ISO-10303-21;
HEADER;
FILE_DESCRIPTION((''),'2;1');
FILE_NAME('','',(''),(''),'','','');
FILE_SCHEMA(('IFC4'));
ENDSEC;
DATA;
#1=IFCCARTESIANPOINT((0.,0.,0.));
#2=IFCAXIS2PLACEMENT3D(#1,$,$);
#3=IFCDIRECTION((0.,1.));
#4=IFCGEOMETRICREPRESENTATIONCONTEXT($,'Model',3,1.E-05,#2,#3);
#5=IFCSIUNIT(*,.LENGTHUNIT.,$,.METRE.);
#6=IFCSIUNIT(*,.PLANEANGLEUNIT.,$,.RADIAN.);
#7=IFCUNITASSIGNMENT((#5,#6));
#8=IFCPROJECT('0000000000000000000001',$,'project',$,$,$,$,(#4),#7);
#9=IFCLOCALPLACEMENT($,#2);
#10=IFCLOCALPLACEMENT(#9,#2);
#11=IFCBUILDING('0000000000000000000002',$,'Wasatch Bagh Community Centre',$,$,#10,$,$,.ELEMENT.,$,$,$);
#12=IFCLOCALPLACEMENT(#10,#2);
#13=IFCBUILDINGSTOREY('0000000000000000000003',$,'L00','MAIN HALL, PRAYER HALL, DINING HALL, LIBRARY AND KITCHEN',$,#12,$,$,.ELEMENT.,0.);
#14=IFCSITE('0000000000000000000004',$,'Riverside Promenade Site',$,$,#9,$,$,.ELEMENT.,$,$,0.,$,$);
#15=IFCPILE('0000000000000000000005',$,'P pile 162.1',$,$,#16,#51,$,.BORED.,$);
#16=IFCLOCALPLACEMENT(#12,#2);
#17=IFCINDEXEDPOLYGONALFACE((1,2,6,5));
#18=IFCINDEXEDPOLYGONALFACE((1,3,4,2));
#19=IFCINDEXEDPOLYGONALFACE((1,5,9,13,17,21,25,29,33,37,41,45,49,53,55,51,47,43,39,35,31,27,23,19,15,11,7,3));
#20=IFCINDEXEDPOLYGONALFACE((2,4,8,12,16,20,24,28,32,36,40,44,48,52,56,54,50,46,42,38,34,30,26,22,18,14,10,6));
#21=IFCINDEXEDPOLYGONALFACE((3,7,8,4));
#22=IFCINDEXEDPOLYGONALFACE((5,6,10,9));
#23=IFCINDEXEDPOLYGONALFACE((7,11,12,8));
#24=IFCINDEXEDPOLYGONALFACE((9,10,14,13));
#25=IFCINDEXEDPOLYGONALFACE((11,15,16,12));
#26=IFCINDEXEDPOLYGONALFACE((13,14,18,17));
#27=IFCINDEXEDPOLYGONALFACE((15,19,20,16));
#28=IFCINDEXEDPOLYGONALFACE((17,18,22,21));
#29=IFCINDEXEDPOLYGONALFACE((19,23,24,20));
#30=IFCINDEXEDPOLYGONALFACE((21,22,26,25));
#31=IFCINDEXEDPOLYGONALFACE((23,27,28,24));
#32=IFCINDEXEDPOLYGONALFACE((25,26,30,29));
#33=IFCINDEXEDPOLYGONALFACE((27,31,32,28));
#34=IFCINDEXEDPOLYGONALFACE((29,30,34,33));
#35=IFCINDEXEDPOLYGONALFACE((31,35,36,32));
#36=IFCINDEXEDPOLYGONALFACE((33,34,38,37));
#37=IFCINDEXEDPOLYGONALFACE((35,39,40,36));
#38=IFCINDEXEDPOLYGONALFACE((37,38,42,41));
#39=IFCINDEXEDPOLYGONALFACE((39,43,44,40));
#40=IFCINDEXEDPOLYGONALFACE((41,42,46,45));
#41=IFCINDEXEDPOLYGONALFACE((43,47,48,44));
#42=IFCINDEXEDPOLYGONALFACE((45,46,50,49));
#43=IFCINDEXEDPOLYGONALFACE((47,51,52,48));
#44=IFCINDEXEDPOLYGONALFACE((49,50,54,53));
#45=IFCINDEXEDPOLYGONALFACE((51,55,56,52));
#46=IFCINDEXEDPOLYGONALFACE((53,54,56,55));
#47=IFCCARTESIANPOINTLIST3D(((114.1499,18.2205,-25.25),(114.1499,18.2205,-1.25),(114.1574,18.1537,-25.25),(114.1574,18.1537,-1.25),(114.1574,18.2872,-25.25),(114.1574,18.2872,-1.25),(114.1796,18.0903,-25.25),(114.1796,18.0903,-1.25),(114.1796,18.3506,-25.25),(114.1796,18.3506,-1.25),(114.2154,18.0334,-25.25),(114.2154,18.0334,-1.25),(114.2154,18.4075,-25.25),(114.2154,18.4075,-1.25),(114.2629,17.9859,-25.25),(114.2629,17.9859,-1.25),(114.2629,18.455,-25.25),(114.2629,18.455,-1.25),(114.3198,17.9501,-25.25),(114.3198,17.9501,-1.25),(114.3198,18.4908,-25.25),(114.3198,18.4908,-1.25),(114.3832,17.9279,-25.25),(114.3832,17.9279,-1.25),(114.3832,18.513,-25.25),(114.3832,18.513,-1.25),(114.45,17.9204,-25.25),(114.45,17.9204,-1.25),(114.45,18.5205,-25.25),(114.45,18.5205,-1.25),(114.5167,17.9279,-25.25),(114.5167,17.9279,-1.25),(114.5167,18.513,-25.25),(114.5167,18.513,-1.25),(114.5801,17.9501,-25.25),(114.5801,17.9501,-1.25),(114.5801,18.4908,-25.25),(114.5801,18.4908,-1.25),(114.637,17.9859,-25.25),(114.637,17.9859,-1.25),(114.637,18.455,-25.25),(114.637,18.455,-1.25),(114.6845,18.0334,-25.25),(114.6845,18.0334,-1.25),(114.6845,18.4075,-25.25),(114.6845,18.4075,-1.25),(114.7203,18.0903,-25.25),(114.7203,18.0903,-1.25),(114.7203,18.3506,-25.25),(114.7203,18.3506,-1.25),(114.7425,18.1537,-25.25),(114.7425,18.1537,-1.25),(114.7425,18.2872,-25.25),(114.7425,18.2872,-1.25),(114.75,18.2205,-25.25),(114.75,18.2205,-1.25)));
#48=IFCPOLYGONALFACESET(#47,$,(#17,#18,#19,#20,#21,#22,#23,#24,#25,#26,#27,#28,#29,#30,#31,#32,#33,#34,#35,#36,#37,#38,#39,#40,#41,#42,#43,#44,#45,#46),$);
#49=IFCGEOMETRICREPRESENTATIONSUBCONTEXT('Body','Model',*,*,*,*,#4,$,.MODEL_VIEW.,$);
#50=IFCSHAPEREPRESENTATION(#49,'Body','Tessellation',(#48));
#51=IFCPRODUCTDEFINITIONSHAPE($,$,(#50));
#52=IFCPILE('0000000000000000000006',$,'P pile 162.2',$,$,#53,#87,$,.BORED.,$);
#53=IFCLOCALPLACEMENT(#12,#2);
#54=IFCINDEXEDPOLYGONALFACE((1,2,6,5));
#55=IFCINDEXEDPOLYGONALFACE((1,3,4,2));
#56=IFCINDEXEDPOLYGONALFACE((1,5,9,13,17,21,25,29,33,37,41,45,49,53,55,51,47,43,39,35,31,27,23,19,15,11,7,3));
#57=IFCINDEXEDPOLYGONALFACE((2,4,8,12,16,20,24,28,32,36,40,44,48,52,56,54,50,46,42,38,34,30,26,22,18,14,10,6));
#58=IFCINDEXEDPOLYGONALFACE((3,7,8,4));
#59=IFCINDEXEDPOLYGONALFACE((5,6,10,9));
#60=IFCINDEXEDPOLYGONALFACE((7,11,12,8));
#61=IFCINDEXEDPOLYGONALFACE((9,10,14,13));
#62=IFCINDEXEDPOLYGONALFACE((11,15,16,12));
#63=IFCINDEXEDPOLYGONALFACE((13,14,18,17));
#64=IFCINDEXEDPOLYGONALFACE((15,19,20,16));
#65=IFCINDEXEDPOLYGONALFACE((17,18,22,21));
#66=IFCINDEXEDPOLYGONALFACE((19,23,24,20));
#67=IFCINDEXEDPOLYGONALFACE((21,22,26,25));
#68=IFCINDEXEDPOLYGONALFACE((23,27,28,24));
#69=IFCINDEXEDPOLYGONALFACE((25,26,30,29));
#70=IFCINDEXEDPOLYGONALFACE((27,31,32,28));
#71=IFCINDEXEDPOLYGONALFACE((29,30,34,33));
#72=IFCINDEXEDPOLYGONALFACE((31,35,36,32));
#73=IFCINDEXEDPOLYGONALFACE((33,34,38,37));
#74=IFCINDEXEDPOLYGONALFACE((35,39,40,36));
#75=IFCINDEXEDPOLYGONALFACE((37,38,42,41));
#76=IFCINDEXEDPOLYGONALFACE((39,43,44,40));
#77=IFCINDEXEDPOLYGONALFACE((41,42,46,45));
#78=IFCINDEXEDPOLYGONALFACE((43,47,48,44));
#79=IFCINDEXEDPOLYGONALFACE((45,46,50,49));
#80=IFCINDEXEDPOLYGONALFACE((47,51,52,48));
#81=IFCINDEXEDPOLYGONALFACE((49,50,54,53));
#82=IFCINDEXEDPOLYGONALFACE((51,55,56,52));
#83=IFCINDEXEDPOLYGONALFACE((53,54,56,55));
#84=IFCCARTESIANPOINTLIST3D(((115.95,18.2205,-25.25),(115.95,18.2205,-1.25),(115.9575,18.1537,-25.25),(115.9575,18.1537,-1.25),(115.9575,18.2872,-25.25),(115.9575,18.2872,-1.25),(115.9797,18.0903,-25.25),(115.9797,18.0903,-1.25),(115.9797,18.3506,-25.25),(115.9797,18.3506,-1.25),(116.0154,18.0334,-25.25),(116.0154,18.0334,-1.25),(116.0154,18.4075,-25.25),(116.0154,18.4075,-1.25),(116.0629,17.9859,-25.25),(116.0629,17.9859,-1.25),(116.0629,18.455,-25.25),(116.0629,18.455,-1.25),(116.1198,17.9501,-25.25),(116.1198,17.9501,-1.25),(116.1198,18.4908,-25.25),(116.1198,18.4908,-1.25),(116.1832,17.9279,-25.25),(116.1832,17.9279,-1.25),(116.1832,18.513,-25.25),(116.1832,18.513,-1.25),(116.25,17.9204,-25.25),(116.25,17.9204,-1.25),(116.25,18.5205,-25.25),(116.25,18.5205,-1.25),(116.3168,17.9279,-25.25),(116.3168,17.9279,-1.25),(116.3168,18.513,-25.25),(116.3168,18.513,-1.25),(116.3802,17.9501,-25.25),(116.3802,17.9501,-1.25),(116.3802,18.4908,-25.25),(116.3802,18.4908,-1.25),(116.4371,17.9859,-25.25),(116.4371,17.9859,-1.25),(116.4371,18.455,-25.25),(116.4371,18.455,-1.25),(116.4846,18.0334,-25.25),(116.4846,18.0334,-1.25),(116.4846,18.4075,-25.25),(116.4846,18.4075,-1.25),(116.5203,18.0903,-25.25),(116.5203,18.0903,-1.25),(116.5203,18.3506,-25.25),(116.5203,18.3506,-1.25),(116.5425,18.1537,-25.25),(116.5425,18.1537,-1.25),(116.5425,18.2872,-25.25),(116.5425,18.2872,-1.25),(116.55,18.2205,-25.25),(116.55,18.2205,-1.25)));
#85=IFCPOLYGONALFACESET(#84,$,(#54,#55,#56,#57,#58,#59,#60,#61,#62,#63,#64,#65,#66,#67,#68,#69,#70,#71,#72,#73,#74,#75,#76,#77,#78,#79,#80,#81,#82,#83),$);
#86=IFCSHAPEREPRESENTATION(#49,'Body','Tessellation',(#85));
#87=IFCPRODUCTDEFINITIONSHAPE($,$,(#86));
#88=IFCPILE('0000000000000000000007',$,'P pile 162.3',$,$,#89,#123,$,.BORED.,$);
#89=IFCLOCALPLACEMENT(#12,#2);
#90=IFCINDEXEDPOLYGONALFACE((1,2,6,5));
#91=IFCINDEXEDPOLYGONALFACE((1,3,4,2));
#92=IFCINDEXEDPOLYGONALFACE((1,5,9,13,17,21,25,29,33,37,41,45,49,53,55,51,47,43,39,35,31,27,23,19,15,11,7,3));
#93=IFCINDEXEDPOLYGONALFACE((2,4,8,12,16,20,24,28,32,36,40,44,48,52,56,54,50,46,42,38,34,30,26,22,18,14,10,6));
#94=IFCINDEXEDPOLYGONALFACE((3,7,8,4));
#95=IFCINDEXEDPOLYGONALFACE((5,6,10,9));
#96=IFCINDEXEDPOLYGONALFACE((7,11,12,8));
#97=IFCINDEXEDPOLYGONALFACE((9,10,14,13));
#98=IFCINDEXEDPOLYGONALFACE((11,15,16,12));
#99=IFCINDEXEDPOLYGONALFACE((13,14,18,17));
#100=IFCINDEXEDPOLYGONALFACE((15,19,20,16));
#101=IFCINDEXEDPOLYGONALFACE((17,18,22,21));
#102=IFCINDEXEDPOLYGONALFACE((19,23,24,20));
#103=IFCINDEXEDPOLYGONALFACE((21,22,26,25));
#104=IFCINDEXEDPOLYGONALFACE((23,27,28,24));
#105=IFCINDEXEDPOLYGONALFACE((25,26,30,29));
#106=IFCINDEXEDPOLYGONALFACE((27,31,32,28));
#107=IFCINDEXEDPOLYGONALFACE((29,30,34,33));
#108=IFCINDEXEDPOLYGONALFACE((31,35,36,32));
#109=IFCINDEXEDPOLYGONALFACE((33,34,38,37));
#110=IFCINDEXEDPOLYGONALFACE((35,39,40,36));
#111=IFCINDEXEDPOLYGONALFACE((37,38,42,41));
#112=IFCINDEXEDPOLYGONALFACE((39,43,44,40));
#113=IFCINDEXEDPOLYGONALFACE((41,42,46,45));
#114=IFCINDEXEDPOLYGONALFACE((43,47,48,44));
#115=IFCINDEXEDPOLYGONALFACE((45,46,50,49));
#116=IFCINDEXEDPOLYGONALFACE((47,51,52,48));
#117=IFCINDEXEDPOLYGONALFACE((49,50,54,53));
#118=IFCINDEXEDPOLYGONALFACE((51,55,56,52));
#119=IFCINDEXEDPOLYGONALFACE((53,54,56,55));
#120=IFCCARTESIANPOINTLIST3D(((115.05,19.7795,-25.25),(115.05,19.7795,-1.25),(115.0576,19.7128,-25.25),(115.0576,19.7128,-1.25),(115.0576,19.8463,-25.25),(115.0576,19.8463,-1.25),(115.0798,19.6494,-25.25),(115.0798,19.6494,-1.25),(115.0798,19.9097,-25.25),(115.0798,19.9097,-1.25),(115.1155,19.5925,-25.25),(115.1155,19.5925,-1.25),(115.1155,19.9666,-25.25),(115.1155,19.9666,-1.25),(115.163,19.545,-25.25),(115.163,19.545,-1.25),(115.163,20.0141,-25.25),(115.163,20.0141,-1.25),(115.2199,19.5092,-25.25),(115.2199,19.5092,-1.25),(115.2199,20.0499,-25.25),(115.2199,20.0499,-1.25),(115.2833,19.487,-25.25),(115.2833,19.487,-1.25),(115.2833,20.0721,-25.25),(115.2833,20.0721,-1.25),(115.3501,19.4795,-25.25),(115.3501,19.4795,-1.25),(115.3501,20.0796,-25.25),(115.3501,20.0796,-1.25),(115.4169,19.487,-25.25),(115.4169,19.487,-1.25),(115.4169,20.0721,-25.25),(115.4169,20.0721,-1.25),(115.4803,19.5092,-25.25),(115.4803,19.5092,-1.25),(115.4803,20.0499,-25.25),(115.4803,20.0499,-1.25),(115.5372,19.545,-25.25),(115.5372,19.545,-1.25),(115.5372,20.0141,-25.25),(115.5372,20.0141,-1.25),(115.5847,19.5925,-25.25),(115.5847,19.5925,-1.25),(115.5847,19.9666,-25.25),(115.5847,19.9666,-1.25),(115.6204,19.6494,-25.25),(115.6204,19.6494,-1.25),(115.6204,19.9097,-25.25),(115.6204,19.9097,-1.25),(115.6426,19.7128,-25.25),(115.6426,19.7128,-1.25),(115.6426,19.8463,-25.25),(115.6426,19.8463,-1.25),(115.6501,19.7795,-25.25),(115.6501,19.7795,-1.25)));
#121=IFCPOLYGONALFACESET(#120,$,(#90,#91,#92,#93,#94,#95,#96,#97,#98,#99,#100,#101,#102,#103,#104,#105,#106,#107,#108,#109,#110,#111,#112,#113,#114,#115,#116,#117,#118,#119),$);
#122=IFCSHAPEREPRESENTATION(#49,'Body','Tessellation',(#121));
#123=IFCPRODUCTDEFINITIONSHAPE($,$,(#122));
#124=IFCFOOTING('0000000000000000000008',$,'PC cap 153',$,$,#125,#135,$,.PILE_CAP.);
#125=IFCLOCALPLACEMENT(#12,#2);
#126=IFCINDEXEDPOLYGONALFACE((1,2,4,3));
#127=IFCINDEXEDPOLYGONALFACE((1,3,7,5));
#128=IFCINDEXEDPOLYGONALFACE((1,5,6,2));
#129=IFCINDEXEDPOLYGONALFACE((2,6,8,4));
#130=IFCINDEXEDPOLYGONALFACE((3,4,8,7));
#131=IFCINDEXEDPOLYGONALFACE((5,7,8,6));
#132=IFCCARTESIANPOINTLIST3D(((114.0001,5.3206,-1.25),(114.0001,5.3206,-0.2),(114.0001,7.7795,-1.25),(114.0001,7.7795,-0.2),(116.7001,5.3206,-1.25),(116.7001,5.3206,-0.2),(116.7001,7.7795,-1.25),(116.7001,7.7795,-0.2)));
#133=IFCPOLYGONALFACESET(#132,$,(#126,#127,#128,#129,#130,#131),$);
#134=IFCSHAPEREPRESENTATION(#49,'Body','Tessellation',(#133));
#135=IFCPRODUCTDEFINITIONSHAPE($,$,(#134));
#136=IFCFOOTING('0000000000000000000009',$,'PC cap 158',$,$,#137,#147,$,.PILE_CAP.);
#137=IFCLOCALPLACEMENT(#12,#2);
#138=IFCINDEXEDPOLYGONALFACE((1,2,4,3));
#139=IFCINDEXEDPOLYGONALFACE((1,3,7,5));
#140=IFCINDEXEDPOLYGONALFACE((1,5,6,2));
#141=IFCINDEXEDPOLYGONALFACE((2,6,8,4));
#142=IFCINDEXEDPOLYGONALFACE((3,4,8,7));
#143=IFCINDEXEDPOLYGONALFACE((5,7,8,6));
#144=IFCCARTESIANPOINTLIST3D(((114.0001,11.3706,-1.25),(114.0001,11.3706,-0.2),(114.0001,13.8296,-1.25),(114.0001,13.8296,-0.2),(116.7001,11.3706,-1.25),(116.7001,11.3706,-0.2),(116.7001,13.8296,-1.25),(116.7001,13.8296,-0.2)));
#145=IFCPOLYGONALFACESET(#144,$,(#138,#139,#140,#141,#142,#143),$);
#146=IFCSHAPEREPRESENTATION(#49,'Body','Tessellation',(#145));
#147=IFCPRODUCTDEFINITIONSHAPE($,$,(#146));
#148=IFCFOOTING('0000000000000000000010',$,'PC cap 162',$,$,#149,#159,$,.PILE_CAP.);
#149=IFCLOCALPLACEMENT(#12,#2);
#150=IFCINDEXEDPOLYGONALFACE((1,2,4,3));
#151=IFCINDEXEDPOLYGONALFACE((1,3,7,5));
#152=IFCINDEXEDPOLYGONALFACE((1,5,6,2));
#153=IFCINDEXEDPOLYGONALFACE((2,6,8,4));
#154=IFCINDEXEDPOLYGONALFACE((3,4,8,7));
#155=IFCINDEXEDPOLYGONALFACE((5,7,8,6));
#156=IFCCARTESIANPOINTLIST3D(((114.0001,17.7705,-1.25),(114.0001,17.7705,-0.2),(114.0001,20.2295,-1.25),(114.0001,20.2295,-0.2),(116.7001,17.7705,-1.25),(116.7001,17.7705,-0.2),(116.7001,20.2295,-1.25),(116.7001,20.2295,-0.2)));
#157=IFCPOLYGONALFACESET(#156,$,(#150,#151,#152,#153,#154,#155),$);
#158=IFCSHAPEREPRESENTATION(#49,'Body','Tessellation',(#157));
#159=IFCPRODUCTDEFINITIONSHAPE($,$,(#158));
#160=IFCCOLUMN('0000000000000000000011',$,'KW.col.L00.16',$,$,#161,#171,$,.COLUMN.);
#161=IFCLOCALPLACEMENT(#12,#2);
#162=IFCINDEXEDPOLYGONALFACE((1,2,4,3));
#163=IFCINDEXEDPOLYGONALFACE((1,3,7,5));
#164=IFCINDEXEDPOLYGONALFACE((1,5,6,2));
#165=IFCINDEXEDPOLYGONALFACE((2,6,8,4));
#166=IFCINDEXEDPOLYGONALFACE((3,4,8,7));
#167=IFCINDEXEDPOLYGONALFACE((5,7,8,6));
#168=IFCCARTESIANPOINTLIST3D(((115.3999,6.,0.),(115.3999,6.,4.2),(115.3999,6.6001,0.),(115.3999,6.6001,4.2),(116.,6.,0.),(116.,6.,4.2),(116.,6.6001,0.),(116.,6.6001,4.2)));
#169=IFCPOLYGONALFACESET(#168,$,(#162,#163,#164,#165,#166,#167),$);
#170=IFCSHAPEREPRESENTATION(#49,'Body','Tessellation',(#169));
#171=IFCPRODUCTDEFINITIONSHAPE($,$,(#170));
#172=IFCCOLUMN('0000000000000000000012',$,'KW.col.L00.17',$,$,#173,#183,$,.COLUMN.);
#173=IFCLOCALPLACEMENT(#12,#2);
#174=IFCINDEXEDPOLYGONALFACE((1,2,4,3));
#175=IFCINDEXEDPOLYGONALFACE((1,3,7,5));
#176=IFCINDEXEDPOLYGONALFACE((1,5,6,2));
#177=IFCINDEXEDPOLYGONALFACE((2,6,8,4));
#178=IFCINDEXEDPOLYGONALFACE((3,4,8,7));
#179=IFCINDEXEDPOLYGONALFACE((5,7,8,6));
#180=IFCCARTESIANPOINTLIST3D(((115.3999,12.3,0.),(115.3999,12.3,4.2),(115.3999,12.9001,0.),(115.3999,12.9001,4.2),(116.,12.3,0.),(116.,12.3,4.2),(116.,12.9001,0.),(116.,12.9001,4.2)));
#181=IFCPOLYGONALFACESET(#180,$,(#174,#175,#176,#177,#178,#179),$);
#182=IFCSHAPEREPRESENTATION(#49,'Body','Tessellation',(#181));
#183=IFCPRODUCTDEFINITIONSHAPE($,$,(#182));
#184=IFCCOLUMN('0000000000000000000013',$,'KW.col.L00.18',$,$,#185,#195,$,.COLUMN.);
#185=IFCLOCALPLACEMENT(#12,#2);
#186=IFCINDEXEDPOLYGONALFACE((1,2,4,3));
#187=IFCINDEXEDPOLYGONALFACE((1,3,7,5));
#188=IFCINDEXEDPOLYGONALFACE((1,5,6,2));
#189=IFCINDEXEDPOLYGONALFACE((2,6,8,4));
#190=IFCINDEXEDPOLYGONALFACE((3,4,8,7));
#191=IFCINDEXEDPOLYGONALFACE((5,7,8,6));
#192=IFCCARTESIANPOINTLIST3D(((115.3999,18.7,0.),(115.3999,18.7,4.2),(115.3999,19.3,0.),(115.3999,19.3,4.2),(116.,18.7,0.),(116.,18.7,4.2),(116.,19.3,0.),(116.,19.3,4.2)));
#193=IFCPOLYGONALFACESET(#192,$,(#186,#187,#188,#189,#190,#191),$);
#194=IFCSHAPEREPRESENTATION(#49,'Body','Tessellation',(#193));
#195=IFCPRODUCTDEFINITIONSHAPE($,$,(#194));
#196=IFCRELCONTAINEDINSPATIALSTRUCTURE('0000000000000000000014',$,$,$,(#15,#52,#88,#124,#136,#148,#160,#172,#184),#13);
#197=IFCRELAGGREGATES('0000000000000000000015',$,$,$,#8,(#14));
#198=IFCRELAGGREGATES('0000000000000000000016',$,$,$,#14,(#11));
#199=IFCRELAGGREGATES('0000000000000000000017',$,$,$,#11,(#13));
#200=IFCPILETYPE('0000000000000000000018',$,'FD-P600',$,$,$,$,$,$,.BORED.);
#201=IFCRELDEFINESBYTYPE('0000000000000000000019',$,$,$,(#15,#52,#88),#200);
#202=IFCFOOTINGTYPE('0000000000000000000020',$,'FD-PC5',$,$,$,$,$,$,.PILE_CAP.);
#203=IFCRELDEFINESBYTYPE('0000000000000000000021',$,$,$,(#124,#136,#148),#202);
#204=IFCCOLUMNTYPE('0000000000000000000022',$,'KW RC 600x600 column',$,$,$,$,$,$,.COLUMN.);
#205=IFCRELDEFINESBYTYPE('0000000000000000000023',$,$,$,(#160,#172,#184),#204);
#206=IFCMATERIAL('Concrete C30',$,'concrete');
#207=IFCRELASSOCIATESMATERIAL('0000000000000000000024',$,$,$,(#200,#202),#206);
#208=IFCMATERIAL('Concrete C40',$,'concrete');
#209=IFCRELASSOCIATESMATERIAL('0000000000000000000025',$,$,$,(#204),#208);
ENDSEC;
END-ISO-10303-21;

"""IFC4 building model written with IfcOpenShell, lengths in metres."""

from ifc_helpers import new_model, si_unit, direction, frame, origin, origin_2d, place, context, subcontext, project, spatial, rectangle, circle, extrude, material, material_profile, profile_set, type_object, element, save


model = new_model("IFC4")

# Units and contexts
model_context = context("Model", 3, precision=1e-05, world=origin(), true_north=direction((0.0, 1.0)))
body_context = subcontext(model_context, "Body", "Model", "MODEL_VIEW")
ifc_project = project(units=[si_unit("LENGTHUNIT", "METRE"), si_unit("PLANEANGLEUNIT", "RADIAN")], contexts=[model_context])

# Site, building, storey
site_placement = place(None, origin())
site = spatial("IfcSite", under=ifc_project, at=site_placement, Name="Riverside Promenade Site", CompositionType="ELEMENT", RefElevation=0.0)
building_placement = place(site_placement, origin())
building = spatial("IfcBuilding", under=site, at=building_placement, Name="Wasatch Bagh Community Centre", CompositionType="ELEMENT")
storey_placement = place(building_placement, origin())
storey = spatial("IfcBuildingStorey", under=building, at=storey_placement, Name="L00", Description="MAIN HALL, PRAYER HALL, DINING HALL, LIBRARY AND KITCHEN", CompositionType="ELEMENT", Elevation=0.0)

# Piles
ifc_material_1 = material(Name="Concrete C30", Category="concrete")
ifc_material_profile_1 = material_profile(ifc_material_1, circle(Radius=0.3, at=origin_2d()), Name="RC D600")
ifc_profile_set_1 = profile_set([ifc_material_profile_1], Name="Concrete C30")
pile_type = type_object("IfcPileType", Name="FD-P600", PredefinedType="BORED", material=ifc_profile_set_1)
for number, where, z_axis, x_axis, name in (
    (1, (114.45, 18.2205, -1.25), (0.0, 0.0, -1.0), (1.0, 0.0, 0.0), "P pile 162.1"),
    (2, (116.25, 18.2205, -1.25), (0.0, 0.0, -1.0), (1.0, 0.0, 0.0), "P pile 162.2"),
    (3, (115.3501, 19.7795, -1.25), (0.0, 0.0, -1.0), (1.0, 0.0, 0.0), "P pile 162.3"),
):
    element("IfcPile", number, at=place(storey_placement, frame(where, z_axis=z_axis, x_axis=x_axis)), inside=storey, type_object=pile_type, Name=name, PredefinedType="BORED", context=body_context, shape_type="SweptSolid", body=[
        extrude(circle(Radius=0.3, at=origin_2d()), origin(), (0.0, 0.0, 1.0), 24.0),
    ])

# Footings
footing_type_1 = type_object("IfcFootingType", Name="FD-PC5", PredefinedType="PILE_CAP", material=ifc_material_1)
for number, where, z_axis, x_axis, name in (
    (4, (115.3501, 6.55, -1.25), (0.0, 0.0, 1.0), (1.0, 0.0, 0.0), "PC cap 153"),
    (5, (115.3501, 12.6001, -1.25), (0.0, 0.0, 1.0), (1.0, 0.0, 0.0), "PC cap 158"),
    (6, (115.3501, 19.0, -1.25), (0.0, 0.0, 1.0), (1.0, 0.0, 0.0), "PC cap 162"),
):
    element("IfcFooting", number, at=place(storey_placement, frame(where, z_axis=z_axis, x_axis=x_axis)), inside=storey, type_object=footing_type_1, Name=name, PredefinedType="PILE_CAP", context=body_context, shape_type="SweptSolid", body=[
        extrude(rectangle(XDim=2.7, YDim=2.459, at=origin_2d()), origin(), (0.0, 0.0, 1.0), 1.05),
    ])

# Columns
ifc_material_2 = material(Name="Concrete C40", Category="concrete")
ifc_material_profile_2 = material_profile(ifc_material_2, rectangle(XDim=0.6001, YDim=0.6001, at=origin_2d()), Name="RC 600x600")
ifc_profile_set_2 = profile_set([ifc_material_profile_2], Name="Concrete C40")
column_type = type_object("IfcColumnType", Name="KW RC 600x600 column", PredefinedType="COLUMN", material=ifc_profile_set_2)
for number, where, z_axis, x_axis, name in (
    (7, (115.7, 6.3, 0.0), (0.0, 0.0, 1.0), (1.0, 0.0, 0.0), "KW.col.L00.16"),
    (8, (115.7, 12.6001, 0.0), (0.0, 0.0, 1.0), (1.0, 0.0, 0.0), "KW.col.L00.17"),
    (9, (115.7, 19.0, 0.0), (0.0, 0.0, 1.0), (1.0, 0.0, 0.0), "KW.col.L00.18"),
):
    element("IfcColumn", number, at=place(storey_placement, frame(where, z_axis=z_axis, x_axis=x_axis)), inside=storey, type_object=column_type, Name=name, PredefinedType="COLUMN", context=body_context, shape_type="SweptSolid", body=[
        extrude(rectangle(XDim=0.6001, YDim=0.6001, at=origin_2d()), origin(), (0.0, 0.0, 1.0), 4.2),
    ])

save(model, "model.ifc")
